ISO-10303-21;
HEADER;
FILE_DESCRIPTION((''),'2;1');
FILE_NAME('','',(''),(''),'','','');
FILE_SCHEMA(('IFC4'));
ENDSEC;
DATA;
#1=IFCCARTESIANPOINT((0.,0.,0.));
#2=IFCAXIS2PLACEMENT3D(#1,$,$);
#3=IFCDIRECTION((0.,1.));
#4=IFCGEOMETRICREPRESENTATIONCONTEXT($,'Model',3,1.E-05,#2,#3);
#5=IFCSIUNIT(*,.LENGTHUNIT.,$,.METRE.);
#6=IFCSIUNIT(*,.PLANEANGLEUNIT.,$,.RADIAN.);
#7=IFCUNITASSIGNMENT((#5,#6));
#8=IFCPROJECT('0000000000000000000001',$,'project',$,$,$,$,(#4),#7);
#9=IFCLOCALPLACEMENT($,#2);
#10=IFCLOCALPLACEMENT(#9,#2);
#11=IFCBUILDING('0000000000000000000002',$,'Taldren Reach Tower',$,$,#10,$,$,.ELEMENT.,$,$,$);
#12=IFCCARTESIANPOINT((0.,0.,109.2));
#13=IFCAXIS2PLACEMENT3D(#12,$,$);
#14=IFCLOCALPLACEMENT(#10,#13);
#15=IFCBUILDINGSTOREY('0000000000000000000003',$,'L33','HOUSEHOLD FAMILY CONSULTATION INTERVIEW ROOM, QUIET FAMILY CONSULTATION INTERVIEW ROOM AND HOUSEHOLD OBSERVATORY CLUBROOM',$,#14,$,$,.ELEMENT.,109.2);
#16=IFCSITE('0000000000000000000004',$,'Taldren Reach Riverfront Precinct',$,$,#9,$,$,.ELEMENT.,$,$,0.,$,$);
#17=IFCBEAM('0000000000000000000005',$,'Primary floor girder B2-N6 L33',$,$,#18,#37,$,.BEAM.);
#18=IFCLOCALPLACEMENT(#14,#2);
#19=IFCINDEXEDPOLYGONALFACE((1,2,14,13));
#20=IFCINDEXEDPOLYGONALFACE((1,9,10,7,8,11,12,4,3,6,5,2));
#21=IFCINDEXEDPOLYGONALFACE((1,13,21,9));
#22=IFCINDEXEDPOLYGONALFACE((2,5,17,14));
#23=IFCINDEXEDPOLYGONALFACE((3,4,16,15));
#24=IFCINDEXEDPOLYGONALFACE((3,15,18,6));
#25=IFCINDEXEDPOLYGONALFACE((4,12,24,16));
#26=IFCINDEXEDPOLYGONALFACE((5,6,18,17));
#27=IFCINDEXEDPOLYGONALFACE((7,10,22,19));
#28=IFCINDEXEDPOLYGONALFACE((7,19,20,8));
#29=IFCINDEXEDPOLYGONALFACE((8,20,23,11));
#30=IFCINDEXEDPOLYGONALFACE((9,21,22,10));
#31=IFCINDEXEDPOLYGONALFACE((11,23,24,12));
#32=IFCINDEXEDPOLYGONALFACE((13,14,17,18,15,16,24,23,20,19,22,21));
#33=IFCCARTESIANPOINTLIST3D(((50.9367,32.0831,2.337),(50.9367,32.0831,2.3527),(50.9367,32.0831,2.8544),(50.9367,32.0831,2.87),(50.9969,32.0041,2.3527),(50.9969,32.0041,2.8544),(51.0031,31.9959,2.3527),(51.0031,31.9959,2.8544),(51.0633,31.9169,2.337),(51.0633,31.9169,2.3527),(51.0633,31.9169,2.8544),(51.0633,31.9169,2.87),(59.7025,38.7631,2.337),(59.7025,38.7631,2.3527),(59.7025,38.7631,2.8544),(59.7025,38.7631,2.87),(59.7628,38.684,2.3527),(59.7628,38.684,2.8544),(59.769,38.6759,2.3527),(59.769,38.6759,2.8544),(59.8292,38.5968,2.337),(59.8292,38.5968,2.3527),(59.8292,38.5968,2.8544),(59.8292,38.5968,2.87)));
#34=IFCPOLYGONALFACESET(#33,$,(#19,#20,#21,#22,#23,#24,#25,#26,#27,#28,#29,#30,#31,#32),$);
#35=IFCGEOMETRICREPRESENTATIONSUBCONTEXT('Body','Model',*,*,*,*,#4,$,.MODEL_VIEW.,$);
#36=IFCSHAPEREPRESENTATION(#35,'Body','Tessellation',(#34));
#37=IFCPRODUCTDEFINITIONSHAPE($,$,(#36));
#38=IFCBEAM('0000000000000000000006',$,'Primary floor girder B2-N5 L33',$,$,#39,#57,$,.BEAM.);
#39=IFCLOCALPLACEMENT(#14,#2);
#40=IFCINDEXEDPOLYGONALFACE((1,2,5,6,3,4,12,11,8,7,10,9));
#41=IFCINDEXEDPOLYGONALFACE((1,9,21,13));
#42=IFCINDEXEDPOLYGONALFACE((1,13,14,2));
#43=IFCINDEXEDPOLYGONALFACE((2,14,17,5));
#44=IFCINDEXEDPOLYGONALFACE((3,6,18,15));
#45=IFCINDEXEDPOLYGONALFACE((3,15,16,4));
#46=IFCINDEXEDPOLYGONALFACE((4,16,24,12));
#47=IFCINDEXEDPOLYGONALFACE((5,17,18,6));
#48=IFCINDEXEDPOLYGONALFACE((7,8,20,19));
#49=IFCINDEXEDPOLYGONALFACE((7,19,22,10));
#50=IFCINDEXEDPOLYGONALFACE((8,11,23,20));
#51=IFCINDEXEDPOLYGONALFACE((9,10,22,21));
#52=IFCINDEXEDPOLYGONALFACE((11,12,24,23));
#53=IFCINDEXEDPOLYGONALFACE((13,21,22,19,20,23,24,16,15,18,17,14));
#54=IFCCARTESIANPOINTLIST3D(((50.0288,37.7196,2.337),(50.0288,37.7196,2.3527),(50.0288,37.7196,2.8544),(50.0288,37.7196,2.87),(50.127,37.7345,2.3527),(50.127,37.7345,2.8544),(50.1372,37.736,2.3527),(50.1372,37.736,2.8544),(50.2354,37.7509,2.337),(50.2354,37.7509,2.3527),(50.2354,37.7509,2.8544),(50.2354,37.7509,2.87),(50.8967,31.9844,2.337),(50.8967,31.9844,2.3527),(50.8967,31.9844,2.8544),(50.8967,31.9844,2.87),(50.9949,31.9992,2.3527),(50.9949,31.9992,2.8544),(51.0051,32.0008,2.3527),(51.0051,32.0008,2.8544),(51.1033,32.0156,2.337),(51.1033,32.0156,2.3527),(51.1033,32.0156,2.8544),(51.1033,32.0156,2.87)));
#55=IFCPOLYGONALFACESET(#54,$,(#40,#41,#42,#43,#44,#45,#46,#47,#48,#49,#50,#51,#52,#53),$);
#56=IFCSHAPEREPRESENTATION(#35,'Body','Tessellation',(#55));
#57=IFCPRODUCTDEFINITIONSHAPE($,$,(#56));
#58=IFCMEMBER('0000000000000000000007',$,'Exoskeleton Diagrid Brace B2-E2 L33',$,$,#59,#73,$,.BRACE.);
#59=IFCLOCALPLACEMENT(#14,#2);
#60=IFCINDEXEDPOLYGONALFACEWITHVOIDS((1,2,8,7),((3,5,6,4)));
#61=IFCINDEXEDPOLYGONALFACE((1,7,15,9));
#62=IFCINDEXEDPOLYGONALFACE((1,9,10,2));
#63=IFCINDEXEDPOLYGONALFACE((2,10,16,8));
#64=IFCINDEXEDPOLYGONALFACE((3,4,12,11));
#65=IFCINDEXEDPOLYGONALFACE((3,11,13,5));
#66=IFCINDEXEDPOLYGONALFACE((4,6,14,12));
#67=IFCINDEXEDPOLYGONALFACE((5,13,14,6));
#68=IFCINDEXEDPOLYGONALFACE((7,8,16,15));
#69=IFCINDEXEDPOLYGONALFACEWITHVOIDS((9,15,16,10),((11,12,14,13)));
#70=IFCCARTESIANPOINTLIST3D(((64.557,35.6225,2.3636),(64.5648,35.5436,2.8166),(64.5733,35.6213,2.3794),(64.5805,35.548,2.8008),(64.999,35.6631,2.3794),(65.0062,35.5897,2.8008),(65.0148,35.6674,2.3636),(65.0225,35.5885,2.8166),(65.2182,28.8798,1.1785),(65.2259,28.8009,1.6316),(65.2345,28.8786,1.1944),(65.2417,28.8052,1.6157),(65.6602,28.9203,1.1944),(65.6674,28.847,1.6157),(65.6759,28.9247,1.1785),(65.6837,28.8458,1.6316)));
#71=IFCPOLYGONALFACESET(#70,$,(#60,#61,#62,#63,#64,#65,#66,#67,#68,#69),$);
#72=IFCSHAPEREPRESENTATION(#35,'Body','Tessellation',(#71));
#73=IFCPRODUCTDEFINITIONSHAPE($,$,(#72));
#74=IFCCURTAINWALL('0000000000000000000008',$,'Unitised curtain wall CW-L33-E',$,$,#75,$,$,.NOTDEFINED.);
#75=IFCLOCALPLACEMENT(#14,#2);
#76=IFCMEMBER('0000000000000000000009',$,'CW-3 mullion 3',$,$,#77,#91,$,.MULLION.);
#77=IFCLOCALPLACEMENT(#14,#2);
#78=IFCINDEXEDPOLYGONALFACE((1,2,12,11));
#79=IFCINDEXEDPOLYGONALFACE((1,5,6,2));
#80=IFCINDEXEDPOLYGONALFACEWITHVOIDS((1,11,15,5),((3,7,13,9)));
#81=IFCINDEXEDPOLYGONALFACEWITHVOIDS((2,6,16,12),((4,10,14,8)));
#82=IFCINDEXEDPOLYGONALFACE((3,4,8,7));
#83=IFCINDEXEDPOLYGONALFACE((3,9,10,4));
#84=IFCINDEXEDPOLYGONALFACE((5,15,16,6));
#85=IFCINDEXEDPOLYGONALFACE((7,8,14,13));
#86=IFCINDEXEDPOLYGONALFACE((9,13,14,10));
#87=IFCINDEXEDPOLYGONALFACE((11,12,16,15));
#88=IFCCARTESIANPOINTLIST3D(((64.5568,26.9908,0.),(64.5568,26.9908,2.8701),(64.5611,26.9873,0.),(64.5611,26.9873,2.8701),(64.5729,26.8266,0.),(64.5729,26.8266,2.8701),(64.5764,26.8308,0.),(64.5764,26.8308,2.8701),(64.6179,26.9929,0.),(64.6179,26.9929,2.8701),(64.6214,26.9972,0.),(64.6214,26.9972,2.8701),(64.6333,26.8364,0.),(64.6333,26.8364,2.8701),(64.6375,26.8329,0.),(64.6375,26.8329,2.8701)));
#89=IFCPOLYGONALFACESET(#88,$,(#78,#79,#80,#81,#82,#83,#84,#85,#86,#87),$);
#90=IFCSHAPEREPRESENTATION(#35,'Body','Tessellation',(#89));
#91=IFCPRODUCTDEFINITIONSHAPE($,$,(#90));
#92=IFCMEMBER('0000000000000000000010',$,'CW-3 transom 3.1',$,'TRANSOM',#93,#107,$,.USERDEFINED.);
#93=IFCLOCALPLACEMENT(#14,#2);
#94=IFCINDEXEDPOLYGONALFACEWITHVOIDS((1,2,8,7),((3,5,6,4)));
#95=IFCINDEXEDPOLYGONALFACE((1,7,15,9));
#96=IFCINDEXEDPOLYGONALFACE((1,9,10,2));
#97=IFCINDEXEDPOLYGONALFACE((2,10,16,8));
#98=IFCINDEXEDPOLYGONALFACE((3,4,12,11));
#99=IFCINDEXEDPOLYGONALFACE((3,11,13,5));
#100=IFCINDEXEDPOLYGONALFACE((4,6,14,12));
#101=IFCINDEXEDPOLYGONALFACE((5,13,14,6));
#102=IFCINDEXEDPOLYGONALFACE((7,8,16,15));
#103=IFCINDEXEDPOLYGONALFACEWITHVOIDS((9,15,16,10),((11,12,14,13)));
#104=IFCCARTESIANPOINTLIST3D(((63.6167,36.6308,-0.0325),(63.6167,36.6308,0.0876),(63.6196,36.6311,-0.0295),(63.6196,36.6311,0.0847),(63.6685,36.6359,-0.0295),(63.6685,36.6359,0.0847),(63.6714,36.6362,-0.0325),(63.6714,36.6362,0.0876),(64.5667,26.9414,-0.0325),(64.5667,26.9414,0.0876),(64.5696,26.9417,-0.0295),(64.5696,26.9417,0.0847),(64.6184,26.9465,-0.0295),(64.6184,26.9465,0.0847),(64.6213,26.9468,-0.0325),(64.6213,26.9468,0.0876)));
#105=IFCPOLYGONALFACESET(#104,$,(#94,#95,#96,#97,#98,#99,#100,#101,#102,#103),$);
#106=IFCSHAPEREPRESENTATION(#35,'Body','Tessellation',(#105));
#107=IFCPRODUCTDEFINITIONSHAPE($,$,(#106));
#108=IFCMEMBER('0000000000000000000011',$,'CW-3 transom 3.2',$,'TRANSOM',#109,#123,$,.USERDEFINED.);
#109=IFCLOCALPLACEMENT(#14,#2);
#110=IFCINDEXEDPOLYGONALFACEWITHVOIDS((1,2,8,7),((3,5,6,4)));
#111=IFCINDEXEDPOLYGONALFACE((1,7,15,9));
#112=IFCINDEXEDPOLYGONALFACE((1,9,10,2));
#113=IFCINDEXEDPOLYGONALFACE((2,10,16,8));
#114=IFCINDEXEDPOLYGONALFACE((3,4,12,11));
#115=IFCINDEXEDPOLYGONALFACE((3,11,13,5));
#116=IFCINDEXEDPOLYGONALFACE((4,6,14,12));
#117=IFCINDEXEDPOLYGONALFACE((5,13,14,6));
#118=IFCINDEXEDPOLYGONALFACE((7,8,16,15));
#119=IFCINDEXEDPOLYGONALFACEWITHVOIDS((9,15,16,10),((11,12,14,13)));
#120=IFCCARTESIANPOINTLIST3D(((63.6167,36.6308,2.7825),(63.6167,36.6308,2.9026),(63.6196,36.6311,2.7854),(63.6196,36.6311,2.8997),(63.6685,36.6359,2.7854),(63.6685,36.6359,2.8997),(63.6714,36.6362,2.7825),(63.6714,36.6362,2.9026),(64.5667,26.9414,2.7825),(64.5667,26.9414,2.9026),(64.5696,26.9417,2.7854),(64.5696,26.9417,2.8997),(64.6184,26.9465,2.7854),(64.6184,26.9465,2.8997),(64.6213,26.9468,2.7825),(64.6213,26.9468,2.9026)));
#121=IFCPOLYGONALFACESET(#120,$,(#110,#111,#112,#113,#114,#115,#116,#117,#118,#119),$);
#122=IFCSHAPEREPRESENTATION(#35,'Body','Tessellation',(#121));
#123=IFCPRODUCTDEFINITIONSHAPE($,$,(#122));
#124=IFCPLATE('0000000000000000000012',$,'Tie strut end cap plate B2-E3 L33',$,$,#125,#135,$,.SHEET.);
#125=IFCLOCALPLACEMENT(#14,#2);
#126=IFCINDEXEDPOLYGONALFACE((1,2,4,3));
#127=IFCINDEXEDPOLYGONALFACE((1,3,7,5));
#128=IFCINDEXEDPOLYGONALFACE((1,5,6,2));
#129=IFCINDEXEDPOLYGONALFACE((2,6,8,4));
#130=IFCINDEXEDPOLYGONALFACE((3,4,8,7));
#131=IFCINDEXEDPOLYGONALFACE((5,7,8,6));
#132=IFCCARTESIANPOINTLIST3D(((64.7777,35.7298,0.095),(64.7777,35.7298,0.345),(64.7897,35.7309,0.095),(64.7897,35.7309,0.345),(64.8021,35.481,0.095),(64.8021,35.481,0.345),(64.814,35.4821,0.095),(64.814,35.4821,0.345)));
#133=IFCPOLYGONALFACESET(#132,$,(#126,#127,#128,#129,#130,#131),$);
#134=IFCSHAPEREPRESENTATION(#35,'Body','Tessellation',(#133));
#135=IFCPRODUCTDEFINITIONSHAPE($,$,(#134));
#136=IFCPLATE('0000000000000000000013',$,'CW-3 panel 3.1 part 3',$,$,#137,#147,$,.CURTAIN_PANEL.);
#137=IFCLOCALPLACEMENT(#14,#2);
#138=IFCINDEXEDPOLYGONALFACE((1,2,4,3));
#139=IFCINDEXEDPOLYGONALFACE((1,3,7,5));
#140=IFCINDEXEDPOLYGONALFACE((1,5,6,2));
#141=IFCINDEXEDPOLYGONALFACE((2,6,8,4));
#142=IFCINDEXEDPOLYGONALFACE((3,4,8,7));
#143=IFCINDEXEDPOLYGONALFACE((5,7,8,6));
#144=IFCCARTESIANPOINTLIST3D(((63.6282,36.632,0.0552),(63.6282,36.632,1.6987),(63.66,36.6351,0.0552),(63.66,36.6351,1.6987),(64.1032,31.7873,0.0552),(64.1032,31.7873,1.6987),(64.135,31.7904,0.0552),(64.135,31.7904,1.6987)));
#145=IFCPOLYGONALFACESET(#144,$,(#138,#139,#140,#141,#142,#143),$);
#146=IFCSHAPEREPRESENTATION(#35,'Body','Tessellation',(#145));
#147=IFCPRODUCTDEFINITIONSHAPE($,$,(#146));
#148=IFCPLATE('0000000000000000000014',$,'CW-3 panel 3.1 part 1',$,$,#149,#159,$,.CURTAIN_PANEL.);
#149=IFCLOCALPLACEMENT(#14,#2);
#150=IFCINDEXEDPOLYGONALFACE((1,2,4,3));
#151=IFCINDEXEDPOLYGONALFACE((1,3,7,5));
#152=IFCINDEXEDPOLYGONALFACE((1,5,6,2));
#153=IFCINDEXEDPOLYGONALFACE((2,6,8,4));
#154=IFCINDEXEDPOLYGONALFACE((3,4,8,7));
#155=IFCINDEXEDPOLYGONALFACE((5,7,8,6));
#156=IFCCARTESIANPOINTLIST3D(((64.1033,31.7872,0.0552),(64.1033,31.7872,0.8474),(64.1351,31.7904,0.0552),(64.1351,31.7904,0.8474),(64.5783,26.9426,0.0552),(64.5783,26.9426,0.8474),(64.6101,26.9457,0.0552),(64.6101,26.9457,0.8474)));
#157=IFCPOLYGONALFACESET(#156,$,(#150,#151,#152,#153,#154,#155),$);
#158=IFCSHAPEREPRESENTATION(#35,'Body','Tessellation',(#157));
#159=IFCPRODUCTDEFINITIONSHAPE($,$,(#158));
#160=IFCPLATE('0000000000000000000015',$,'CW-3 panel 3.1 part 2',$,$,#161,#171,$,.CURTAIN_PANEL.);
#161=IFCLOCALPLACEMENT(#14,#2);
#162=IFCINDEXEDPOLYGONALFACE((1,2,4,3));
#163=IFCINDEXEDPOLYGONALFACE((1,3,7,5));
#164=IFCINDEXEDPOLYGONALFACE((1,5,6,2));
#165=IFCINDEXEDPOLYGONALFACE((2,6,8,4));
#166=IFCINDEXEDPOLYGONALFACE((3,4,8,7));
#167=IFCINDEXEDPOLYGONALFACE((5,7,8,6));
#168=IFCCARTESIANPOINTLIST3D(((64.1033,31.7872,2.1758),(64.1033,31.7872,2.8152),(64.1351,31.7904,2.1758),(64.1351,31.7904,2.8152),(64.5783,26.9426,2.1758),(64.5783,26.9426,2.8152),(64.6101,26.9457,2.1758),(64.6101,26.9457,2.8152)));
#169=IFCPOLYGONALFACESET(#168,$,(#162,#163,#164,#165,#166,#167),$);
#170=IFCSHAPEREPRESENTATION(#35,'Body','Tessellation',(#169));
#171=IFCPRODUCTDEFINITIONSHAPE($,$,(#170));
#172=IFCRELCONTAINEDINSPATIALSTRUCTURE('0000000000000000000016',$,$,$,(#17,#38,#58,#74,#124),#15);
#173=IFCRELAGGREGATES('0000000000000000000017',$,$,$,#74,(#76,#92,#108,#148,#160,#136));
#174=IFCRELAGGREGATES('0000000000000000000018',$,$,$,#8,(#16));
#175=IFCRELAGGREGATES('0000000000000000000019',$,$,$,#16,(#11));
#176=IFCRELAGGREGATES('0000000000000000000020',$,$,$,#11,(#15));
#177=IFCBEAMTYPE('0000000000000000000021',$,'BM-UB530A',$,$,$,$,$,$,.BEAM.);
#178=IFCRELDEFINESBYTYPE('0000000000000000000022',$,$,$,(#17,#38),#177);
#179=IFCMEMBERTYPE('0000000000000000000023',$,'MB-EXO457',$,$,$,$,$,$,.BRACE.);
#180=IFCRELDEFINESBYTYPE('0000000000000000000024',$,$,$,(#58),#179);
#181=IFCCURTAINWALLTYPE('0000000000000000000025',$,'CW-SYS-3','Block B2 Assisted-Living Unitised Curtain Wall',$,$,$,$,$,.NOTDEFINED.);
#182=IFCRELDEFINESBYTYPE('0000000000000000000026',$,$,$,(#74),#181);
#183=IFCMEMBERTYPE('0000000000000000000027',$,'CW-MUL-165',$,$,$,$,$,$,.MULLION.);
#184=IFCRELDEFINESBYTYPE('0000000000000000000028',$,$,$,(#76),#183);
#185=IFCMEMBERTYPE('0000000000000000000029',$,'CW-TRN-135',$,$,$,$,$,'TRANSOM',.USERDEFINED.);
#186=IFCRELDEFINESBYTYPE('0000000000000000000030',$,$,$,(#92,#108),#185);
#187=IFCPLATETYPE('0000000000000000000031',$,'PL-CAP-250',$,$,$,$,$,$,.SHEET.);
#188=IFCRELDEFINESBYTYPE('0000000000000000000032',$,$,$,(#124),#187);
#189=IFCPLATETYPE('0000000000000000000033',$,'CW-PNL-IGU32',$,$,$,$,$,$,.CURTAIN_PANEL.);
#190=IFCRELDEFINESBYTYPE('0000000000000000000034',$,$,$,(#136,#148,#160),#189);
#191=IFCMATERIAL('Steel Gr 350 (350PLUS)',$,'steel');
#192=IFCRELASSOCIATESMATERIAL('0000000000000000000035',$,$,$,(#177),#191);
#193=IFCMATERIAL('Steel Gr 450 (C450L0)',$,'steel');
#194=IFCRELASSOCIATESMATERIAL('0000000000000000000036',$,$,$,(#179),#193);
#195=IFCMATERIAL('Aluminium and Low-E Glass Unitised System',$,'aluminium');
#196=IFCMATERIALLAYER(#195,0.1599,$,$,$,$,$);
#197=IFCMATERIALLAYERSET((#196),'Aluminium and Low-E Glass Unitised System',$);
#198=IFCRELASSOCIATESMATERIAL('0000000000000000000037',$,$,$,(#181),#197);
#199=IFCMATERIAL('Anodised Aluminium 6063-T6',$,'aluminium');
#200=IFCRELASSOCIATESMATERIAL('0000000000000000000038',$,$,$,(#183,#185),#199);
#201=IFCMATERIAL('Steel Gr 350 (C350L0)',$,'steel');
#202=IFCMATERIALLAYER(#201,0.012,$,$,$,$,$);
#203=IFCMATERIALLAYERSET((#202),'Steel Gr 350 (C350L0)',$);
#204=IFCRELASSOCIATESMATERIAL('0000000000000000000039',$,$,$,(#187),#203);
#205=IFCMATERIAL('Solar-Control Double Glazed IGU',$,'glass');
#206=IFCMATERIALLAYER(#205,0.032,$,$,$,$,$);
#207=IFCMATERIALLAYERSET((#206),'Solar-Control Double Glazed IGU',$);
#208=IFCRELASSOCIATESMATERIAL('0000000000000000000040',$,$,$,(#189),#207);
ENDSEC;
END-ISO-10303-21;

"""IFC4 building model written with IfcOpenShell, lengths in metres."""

from ifc_helpers import new_model, si_unit, direction, frame, origin, origin_2d, place, context, subcontext, project, spatial, rectangle, hollow_rectangle, i_section, extrude, source, transform, mapped, material, layer, layer_set, material_profile, profile_set, type_object, element, aggregate, save


model = new_model("IFC4")

# Units and contexts
model_context = context("Model", 3, precision=1e-05, world=origin(), true_north=direction((0.0, 1.0)))
body_context = subcontext(model_context, "Body", "Model", "MODEL_VIEW")
ifc_project = project(units=[si_unit("LENGTHUNIT", "METRE"), si_unit("PLANEANGLEUNIT", "RADIAN")], contexts=[model_context])

# Site, building, storey
site_placement = place(None, origin())
site = spatial("IfcSite", under=ifc_project, at=site_placement, Name="Taldren Reach Riverfront Precinct", CompositionType="ELEMENT", RefElevation=0.0)
building_placement = place(site_placement, origin())
building = spatial("IfcBuilding", under=site, at=building_placement, Name="Taldren Reach Tower", CompositionType="ELEMENT")
storey_placement = place(building_placement, frame((0.0, 0.0, 109.2)))
storey = spatial("IfcBuildingStorey", under=building, at=storey_placement, Name="L33", Description="HOUSEHOLD FAMILY CONSULTATION INTERVIEW ROOM, QUIET FAMILY CONSULTATION INTERVIEW ROOM AND HOUSEHOLD OBSERVATORY CLUBROOM", CompositionType="ELEMENT", Elevation=109.2)

# Shared definitions
ifc_material_1 = material(Name="Steel Gr 350 (350PLUS)", Category="steel")

# Shared definitions
ifc_material_2 = material(Name="Steel Gr 450 (C450L0)", Category="steel")
ifc_material_3 = material(Name="Steel Gr 350 (C350L0)", Category="steel")

# Beams
ifc_material_profile_1 = material_profile(ifc_material_1, i_section(OverallWidth=0.209, OverallDepth=0.533, WebThickness=0.0103, FlangeThickness=0.0156, at=origin_2d()), Name="530UB92.4")
ifc_profile_set_1 = profile_set([ifc_material_profile_1], Name="Steel Gr 350 (350PLUS)")
beam_type_1 = type_object("IfcBeamType", Name="BM-UB530A", PredefinedType="BEAM", material=ifc_profile_set_1)
shared_shape_1 = source(origin(), body_context, "Body", "SweptSolid", [
    extrude(i_section(OverallWidth=0.209, OverallDepth=0.533, WebThickness=0.0103, FlangeThickness=0.0156, at=origin_2d()), origin(), (0.0, 0.0, 1.0), 11.021),
])
beam_1_placement = place(storey_placement, frame((51.0, 32.0, 2.6035), z_axis=(0.79538, 0.606111, 0.0), x_axis=(-0.606111, 0.79538, 0.0)))
element("IfcBeam", 1, at=beam_1_placement, inside=storey, type_object=beam_type_1, Name="Primary floor girder B2-N6 L33", PredefinedType="BEAM", context=body_context, shape_type="MappedRepresentation", body=[
    mapped(shared_shape_1, transform((0.0, 0.0, 0.0), scale=1.0)),
])
shared_shape_2 = source(origin(), body_context, "Body", "SweptSolid", [
    extrude(i_section(OverallWidth=0.209, OverallDepth=0.533, WebThickness=0.0103, FlangeThickness=0.0156, at=origin_2d()), origin(), (0.0, 0.0, 1.0), 5.8005),
])
beam_2_placement = place(storey_placement, frame((51.0, 32.0, 2.6035), z_axis=(-0.149625, 0.988743, 0.0), x_axis=(-0.988743, -0.149625, 0.0)))
element("IfcBeam", 2, at=beam_2_placement, inside=storey, type_object=beam_type_1, Name="Primary floor girder B2-N5 L33", PredefinedType="BEAM", context=body_context, shape_type="MappedRepresentation", body=[
    mapped(shared_shape_2, transform((0.0, 0.0, 0.0), scale=1.0)),
])

# Member
ifc_material_profile_2 = material_profile(ifc_material_2, hollow_rectangle(XDim=0.46, YDim=0.46, WallThickness=0.0161, at=origin_2d()), Name="460x460x16.0SHS")
ifc_profile_set_2 = profile_set([ifc_material_profile_2], Name="Steel Gr 450 (C450L0)")
member_type_1 = type_object("IfcMemberType", Name="MB-EXO457", PredefinedType="BRACE", material=ifc_profile_set_2)
shared_shape_3 = source(origin(), body_context, "Body", "SweptSolid", [
    extrude(hollow_rectangle(XDim=0.46, YDim=0.46, WallThickness=0.0161, at=origin_2d()), origin(), (0.0, 0.0, 1.0), 6.8779),
])
member_1_placement = place(storey_placement, frame((65.4509, 28.8628, 1.405), z_axis=(-0.096125, 0.980343, 0.1723), x_axis=(-0.995227, -0.097584, 0.0)))
element("IfcMember", 3, at=member_1_placement, inside=storey, type_object=member_type_1, Name="Exoskeleton Diagrid Brace B2-E2 L33", PredefinedType="BRACE", context=body_context, shape_type="MappedRepresentation", body=[
    mapped(shared_shape_3, transform((0.0, 0.0, 0.0), scale=1.0)),
])

# Curtain wall, members
ifc_material_4 = material(Name="Aluminium and Low-E Glass Unitised System", Category="aluminium")
ifc_layer_1 = layer(ifc_material_4, 0.1599)
ifc_layer_set_1 = layer_set([ifc_layer_1], Name="Aluminium and Low-E Glass Unitised System")
curtain_wall_type = type_object("IfcCurtainWallType", Name="CW-SYS-3", Description="Block B2 Assisted-Living Unitised Curtain Wall", PredefinedType="NOTDEFINED", material=ifc_layer_set_1)
curtain_wall_placement = place(storey_placement, origin())
curtain_wall = element("IfcCurtainWall", 4, at=curtain_wall_placement, inside=storey, type_object=curtain_wall_type, Name="Unitised curtain wall CW-L33-E", PredefinedType="NOTDEFINED")
ifc_material_5 = material(Name="Anodised Aluminium 6063-T6", Category="aluminium")
ifc_material_profile_3 = material_profile(ifc_material_5, hollow_rectangle(XDim=0.0649, YDim=0.165, WallThickness=0.0039, at=origin_2d()), Name="ALU-165x65x4RHS")
ifc_profile_set_3 = profile_set([ifc_material_profile_3], Name="Anodised Aluminium 6063-T6")
member_type_2 = type_object("IfcMemberType", Name="CW-MUL-165", PredefinedType="MULLION", material=ifc_profile_set_3)
shared_shape_4 = source(origin(), body_context, "Body", "SweptSolid", [
    extrude(hollow_rectangle(XDim=0.0649, YDim=0.165, WallThickness=0.0039, at=origin_2d()), origin(), (0.0, 0.0, 1.0), 2.8701),
])
member_2_placement = place(storey_placement, frame((64.5972, 26.9119, 0.0), z_axis=(0.0, 0.0, 1.0), x_axis=(-0.995227, -0.097583, 0.0)))
member_2 = element("IfcMember", 5, at=member_2_placement, type_object=member_type_2, Name="CW-3 mullion 3", PredefinedType="MULLION", context=body_context, shape_type="MappedRepresentation", body=[
    mapped(shared_shape_4, transform((0.0, 0.0, 0.0), scale=1.0)),
])
ifc_material_profile_4 = material_profile(ifc_material_5, hollow_rectangle(XDim=0.0549, YDim=0.1201, WallThickness=0.0029, at=origin_2d()), Name="ALU-120x55x3RHS")
ifc_profile_set_4 = profile_set([ifc_material_profile_4], Name="Anodised Aluminium 6063-T6")
member_type_3 = type_object("IfcMemberType", Name="CW-TRN-135", ElementType="TRANSOM", PredefinedType="USERDEFINED", material=ifc_profile_set_4)
shared_shape_5 = source(origin(), body_context, "Body", "SweptSolid", [
    extrude(hollow_rectangle(XDim=0.0549, YDim=0.1201, WallThickness=0.0029, at=origin_2d()), origin(), (0.0, 0.0, 1.0), 9.7358),
])
member_3_placement = place(storey_placement, frame((64.594, 26.9441, 0.0276), z_axis=(-0.097572, 0.995228, 0.0), x_axis=(-0.995228, -0.097572, 0.0)))
member_3 = element("IfcMember", 6, at=member_3_placement, type_object=member_type_3, Name="CW-3 transom 3.1", ObjectType="TRANSOM", PredefinedType="USERDEFINED", context=body_context, shape_type="MappedRepresentation", body=[
    mapped(shared_shape_5, transform((0.0, 0.0, 0.0), scale=1.0)),
])
member_4_placement = place(storey_placement, frame((64.594, 26.9441, 2.8425), z_axis=(-0.097572, 0.995228, 0.0), x_axis=(-0.995228, -0.097572, 0.0)))
member_4 = element("IfcMember", 7, at=member_4_placement, type_object=member_type_3, Name="CW-3 transom 3.2", ObjectType="TRANSOM", PredefinedType="USERDEFINED", context=body_context, shape_type="MappedRepresentation", body=[
    mapped(shared_shape_5, transform((0.0, 0.0, 0.0), scale=1.0)),
])

# Plates
ifc_layer_2 = layer(ifc_material_3, 0.012)
ifc_layer_set_2 = layer_set([ifc_layer_2], Name="Steel Gr 350 (C350L0)")
plate_type_1 = type_object("IfcPlateType", Name="PL-CAP-250", PredefinedType="SHEET", material=ifc_layer_set_2)
shared_shape_6 = source(origin(), body_context, "Body", "SweptSolid", [
    extrude(rectangle(XDim=0.012, YDim=0.25, at=origin_2d()), origin(), (0.0, 0.0, 1.0), 0.25),
])
plate_1_placement = place(storey_placement, frame((64.7959, 35.606, 0.095), z_axis=(0.0, 0.0, 1.0), x_axis=(0.995227, 0.097583, 0.0)))
element("IfcPlate", 8, at=plate_1_placement, inside=storey, type_object=plate_type_1, Name="Tie strut end cap plate B2-E3 L33", PredefinedType="SHEET", context=body_context, shape_type="MappedRepresentation", body=[
    mapped(shared_shape_6, transform((0.0, 0.0, 0.0), scale=1.0)),
])
ifc_material_6 = material(Name="Solar-Control Double Glazed IGU", Category="glass")
ifc_layer_3 = layer(ifc_material_6, 0.032)
ifc_layer_set_3 = layer_set([ifc_layer_3], Name="Solar-Control Double Glazed IGU")
plate_type_2 = type_object("IfcPlateType", Name="CW-PNL-IGU32", PredefinedType="CURTAIN_PANEL", material=ifc_layer_set_3)
shared_shape_7 = source(origin(), body_context, "Body", "SweptSolid", [
    extrude(rectangle(XDim=4.8679, YDim=0.032, at=origin_2d()), origin(), (0.0, 0.0, 1.0), 1.6436),
])
plate_2_placement = place(storey_placement, frame((63.8816, 34.2112, 0.0552), z_axis=(0.0, 0.0, 1.0), x_axis=(-0.097583, 0.995227, 0.0)))
plate_2 = element("IfcPlate", 9, at=plate_2_placement, type_object=plate_type_2, Name="CW-3 panel 3.1 part 3", PredefinedType="CURTAIN_PANEL", context=body_context, shape_type="MappedRepresentation", body=[
    mapped(shared_shape_7, transform((0.0, 0.0, 0.0), scale=1.0)),
])
shared_shape_8 = source(origin(), body_context, "Body", "SweptSolid", [
    extrude(rectangle(XDim=4.8679, YDim=0.032, at=origin_2d()), origin(), (0.0, 0.0, 1.0), 0.7922),
])
plate_3_placement = place(storey_placement, frame((64.3567, 29.3665, 0.0552), z_axis=(0.0, 0.0, 1.0), x_axis=(-0.097583, 0.995227, 0.0)))
plate_3 = element("IfcPlate", 10, at=plate_3_placement, type_object=plate_type_2, Name="CW-3 panel 3.1 part 1", PredefinedType="CURTAIN_PANEL", context=body_context, shape_type="MappedRepresentation", body=[
    mapped(shared_shape_8, transform((0.0, 0.0, 0.0), scale=1.0)),
])
shared_shape_9 = source(origin(), body_context, "Body", "SweptSolid", [
    extrude(rectangle(XDim=4.8679, YDim=0.032, at=origin_2d()), origin(), (0.0, 0.0, 1.0), 0.6394),
])
plate_4_placement = place(storey_placement, frame((64.3567, 29.3665, 2.1758), z_axis=(0.0, 0.0, 1.0), x_axis=(-0.097583, 0.995227, 0.0)))
plate_4 = element("IfcPlate", 11, at=plate_4_placement, type_object=plate_type_2, Name="CW-3 panel 3.1 part 2", PredefinedType="CURTAIN_PANEL", context=body_context, shape_type="MappedRepresentation", body=[
    mapped(shared_shape_9, transform((0.0, 0.0, 0.0), scale=1.0)),
])
aggregate(curtain_wall, [member_2, member_3, member_4, plate_3, plate_4, plate_2])

save(model, "model.ifc")
